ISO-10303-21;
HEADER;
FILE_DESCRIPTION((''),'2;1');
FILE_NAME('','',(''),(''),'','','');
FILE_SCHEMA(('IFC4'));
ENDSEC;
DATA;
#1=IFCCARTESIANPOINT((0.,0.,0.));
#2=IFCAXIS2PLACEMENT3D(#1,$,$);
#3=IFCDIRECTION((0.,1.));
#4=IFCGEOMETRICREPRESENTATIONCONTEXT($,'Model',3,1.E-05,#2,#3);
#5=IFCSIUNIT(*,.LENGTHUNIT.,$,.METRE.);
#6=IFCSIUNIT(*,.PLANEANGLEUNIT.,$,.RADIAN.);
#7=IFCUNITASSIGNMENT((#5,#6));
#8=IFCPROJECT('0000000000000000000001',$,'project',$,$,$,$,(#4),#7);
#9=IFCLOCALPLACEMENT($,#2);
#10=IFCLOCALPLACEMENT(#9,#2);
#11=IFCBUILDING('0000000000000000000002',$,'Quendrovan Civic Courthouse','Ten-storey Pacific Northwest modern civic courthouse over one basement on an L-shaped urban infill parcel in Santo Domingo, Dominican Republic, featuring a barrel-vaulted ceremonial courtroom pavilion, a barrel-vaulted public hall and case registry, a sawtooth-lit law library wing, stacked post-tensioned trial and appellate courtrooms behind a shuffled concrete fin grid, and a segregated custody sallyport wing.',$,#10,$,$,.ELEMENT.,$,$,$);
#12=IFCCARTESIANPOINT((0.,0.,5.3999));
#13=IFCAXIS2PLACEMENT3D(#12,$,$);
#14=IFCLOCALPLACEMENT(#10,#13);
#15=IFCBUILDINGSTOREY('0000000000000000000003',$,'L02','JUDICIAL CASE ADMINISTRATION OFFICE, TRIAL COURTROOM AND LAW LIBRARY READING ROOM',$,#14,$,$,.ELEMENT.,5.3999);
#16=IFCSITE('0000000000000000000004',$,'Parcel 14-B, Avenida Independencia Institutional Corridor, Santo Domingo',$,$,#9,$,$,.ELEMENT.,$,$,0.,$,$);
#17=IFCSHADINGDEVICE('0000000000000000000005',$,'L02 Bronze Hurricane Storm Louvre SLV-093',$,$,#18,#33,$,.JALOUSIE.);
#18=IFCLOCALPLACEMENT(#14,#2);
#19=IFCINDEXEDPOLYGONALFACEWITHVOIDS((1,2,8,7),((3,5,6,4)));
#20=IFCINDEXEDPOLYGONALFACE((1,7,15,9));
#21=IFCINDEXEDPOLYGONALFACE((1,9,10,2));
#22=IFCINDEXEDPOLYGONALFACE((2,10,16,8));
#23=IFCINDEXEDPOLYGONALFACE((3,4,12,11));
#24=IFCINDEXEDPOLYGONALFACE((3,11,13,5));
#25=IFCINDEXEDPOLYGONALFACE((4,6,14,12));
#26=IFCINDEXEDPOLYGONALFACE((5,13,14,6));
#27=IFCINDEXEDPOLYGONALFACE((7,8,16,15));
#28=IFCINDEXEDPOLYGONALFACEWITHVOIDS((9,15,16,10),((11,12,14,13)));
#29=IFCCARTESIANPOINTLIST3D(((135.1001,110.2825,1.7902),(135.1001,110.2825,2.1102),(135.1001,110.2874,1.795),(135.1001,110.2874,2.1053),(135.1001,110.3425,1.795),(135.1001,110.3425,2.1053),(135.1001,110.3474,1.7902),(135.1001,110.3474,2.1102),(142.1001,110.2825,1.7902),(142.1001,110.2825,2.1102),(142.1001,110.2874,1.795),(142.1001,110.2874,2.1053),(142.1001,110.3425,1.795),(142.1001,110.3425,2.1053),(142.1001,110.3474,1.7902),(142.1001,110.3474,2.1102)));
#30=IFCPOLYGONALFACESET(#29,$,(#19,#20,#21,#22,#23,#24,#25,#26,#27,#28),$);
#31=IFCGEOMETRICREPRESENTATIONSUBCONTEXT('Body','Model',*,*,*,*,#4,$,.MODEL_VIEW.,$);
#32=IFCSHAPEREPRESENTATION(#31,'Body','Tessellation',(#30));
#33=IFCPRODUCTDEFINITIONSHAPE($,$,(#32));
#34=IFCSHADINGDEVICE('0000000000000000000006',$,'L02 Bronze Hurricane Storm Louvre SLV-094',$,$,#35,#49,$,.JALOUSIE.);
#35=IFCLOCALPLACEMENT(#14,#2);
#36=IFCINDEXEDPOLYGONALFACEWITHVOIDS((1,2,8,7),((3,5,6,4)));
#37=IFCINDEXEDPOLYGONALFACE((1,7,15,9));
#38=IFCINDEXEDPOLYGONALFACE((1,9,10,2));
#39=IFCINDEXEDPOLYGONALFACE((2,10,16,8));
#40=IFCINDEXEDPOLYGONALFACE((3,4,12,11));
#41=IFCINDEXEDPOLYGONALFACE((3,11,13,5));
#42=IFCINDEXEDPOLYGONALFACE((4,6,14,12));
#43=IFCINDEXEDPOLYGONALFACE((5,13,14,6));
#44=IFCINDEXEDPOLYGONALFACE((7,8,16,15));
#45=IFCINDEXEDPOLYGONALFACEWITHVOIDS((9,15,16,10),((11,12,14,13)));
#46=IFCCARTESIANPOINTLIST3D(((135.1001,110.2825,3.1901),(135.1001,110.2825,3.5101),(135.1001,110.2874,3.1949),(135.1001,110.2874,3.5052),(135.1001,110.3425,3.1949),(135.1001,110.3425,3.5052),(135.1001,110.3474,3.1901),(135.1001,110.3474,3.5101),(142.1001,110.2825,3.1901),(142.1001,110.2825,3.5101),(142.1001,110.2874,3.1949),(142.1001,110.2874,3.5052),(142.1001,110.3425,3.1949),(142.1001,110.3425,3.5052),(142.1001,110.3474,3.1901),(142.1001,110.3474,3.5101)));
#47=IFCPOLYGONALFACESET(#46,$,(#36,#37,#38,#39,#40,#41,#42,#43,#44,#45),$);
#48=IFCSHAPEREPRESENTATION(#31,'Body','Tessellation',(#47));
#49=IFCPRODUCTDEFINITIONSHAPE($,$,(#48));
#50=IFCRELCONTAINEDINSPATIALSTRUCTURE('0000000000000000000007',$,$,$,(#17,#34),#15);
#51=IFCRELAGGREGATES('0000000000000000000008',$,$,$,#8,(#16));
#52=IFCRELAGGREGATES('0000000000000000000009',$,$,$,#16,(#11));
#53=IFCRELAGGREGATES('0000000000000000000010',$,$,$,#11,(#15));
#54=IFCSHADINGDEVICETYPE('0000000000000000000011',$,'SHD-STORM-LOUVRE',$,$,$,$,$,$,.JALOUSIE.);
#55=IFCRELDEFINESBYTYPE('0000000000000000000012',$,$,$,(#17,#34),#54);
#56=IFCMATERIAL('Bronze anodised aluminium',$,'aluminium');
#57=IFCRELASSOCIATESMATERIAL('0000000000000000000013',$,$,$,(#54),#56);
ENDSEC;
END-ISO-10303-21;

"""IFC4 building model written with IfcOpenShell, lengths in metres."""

from ifc_helpers import new_model, si_unit, direction, frame, origin, origin_2d, place, context, subcontext, project, spatial, hollow_rectangle, extrude, material, material_profile, profile_set, type_object, element, save


model = new_model("IFC4")

# Units and contexts
model_context = context("Model", 3, precision=1e-05, world=origin(), true_north=direction((0.0, 1.0)))
body_context = subcontext(model_context, "Body", "Model", "MODEL_VIEW")
ifc_project = project(units=[si_unit("LENGTHUNIT", "METRE"), si_unit("PLANEANGLEUNIT", "RADIAN")], contexts=[model_context])

# Site, building, storey
site_placement = place(None, origin())
site = spatial("IfcSite", under=ifc_project, at=site_placement, Name="Parcel 14-B, Avenida Independencia Institutional Corridor, Santo Domingo", CompositionType="ELEMENT", RefElevation=0.0)
building_placement = place(site_placement, origin())
building = spatial("IfcBuilding", under=site, at=building_placement, Name="Quendrovan Civic Courthouse", Description="Ten-storey Pacific Northwest modern civic courthouse over one basement on an L-shaped urban infill parcel in Santo Domingo, Dominican Republic, featuring a barrel-vaulted ceremonial courtroom pavilion, a barrel-vaulted public hall and case registry, a sawtooth-lit law library wing, stacked post-tensioned trial and appellate courtrooms behind a shuffled concrete fin grid, and a segregated custody sallyport wing.", CompositionType="ELEMENT")
storey_placement = place(building_placement, frame((0.0, 0.0, 5.3999)))
storey = spatial("IfcBuildingStorey", under=building, at=storey_placement, Name="L02", Description="JUDICIAL CASE ADMINISTRATION OFFICE, TRIAL COURTROOM AND LAW LIBRARY READING ROOM", CompositionType="ELEMENT", Elevation=5.3999)

# Shared definitions
ifc_material_1 = material(Name="Bronze anodised aluminium", Category="aluminium")

# Shading devices
ifc_material_profile_1 = material_profile(ifc_material_1, hollow_rectangle(XDim=0.0649, YDim=0.3201, WallThickness=0.0049, at=origin_2d()), Name="AL-LOUVRE-65x320")
ifc_profile_set_1 = profile_set([ifc_material_profile_1], Name="Bronze anodised aluminium")
shading_device_type = type_object("IfcShadingDeviceType", Name="SHD-STORM-LOUVRE", PredefinedType="JALOUSIE", material=ifc_profile_set_1)
for number, where, z_axis, x_axis, name in (
    (1, (135.1001, 110.3149, 1.9502), (1.0, 0.0, 0.0), (0.0, 1.0, 0.0), "L02 Bronze Hurricane Storm Louvre SLV-093"),
    (2, (135.1001, 110.3149, 3.3501), (1.0, 0.0, 0.0), (0.0, 1.0, 0.0), "L02 Bronze Hurricane Storm Louvre SLV-094"),
):
    element("IfcShadingDevice", number, at=place(storey_placement, frame(where, z_axis=z_axis, x_axis=x_axis)), inside=storey, type_object=shading_device_type, Name=name, PredefinedType="JALOUSIE", context=body_context, shape_type="SweptSolid", body=[
        extrude(hollow_rectangle(XDim=0.0649, YDim=0.3201, WallThickness=0.0049, at=origin_2d()), origin(), (0.0, 0.0, 1.0), 7.0),
    ])

save(model, "model.ifc")
